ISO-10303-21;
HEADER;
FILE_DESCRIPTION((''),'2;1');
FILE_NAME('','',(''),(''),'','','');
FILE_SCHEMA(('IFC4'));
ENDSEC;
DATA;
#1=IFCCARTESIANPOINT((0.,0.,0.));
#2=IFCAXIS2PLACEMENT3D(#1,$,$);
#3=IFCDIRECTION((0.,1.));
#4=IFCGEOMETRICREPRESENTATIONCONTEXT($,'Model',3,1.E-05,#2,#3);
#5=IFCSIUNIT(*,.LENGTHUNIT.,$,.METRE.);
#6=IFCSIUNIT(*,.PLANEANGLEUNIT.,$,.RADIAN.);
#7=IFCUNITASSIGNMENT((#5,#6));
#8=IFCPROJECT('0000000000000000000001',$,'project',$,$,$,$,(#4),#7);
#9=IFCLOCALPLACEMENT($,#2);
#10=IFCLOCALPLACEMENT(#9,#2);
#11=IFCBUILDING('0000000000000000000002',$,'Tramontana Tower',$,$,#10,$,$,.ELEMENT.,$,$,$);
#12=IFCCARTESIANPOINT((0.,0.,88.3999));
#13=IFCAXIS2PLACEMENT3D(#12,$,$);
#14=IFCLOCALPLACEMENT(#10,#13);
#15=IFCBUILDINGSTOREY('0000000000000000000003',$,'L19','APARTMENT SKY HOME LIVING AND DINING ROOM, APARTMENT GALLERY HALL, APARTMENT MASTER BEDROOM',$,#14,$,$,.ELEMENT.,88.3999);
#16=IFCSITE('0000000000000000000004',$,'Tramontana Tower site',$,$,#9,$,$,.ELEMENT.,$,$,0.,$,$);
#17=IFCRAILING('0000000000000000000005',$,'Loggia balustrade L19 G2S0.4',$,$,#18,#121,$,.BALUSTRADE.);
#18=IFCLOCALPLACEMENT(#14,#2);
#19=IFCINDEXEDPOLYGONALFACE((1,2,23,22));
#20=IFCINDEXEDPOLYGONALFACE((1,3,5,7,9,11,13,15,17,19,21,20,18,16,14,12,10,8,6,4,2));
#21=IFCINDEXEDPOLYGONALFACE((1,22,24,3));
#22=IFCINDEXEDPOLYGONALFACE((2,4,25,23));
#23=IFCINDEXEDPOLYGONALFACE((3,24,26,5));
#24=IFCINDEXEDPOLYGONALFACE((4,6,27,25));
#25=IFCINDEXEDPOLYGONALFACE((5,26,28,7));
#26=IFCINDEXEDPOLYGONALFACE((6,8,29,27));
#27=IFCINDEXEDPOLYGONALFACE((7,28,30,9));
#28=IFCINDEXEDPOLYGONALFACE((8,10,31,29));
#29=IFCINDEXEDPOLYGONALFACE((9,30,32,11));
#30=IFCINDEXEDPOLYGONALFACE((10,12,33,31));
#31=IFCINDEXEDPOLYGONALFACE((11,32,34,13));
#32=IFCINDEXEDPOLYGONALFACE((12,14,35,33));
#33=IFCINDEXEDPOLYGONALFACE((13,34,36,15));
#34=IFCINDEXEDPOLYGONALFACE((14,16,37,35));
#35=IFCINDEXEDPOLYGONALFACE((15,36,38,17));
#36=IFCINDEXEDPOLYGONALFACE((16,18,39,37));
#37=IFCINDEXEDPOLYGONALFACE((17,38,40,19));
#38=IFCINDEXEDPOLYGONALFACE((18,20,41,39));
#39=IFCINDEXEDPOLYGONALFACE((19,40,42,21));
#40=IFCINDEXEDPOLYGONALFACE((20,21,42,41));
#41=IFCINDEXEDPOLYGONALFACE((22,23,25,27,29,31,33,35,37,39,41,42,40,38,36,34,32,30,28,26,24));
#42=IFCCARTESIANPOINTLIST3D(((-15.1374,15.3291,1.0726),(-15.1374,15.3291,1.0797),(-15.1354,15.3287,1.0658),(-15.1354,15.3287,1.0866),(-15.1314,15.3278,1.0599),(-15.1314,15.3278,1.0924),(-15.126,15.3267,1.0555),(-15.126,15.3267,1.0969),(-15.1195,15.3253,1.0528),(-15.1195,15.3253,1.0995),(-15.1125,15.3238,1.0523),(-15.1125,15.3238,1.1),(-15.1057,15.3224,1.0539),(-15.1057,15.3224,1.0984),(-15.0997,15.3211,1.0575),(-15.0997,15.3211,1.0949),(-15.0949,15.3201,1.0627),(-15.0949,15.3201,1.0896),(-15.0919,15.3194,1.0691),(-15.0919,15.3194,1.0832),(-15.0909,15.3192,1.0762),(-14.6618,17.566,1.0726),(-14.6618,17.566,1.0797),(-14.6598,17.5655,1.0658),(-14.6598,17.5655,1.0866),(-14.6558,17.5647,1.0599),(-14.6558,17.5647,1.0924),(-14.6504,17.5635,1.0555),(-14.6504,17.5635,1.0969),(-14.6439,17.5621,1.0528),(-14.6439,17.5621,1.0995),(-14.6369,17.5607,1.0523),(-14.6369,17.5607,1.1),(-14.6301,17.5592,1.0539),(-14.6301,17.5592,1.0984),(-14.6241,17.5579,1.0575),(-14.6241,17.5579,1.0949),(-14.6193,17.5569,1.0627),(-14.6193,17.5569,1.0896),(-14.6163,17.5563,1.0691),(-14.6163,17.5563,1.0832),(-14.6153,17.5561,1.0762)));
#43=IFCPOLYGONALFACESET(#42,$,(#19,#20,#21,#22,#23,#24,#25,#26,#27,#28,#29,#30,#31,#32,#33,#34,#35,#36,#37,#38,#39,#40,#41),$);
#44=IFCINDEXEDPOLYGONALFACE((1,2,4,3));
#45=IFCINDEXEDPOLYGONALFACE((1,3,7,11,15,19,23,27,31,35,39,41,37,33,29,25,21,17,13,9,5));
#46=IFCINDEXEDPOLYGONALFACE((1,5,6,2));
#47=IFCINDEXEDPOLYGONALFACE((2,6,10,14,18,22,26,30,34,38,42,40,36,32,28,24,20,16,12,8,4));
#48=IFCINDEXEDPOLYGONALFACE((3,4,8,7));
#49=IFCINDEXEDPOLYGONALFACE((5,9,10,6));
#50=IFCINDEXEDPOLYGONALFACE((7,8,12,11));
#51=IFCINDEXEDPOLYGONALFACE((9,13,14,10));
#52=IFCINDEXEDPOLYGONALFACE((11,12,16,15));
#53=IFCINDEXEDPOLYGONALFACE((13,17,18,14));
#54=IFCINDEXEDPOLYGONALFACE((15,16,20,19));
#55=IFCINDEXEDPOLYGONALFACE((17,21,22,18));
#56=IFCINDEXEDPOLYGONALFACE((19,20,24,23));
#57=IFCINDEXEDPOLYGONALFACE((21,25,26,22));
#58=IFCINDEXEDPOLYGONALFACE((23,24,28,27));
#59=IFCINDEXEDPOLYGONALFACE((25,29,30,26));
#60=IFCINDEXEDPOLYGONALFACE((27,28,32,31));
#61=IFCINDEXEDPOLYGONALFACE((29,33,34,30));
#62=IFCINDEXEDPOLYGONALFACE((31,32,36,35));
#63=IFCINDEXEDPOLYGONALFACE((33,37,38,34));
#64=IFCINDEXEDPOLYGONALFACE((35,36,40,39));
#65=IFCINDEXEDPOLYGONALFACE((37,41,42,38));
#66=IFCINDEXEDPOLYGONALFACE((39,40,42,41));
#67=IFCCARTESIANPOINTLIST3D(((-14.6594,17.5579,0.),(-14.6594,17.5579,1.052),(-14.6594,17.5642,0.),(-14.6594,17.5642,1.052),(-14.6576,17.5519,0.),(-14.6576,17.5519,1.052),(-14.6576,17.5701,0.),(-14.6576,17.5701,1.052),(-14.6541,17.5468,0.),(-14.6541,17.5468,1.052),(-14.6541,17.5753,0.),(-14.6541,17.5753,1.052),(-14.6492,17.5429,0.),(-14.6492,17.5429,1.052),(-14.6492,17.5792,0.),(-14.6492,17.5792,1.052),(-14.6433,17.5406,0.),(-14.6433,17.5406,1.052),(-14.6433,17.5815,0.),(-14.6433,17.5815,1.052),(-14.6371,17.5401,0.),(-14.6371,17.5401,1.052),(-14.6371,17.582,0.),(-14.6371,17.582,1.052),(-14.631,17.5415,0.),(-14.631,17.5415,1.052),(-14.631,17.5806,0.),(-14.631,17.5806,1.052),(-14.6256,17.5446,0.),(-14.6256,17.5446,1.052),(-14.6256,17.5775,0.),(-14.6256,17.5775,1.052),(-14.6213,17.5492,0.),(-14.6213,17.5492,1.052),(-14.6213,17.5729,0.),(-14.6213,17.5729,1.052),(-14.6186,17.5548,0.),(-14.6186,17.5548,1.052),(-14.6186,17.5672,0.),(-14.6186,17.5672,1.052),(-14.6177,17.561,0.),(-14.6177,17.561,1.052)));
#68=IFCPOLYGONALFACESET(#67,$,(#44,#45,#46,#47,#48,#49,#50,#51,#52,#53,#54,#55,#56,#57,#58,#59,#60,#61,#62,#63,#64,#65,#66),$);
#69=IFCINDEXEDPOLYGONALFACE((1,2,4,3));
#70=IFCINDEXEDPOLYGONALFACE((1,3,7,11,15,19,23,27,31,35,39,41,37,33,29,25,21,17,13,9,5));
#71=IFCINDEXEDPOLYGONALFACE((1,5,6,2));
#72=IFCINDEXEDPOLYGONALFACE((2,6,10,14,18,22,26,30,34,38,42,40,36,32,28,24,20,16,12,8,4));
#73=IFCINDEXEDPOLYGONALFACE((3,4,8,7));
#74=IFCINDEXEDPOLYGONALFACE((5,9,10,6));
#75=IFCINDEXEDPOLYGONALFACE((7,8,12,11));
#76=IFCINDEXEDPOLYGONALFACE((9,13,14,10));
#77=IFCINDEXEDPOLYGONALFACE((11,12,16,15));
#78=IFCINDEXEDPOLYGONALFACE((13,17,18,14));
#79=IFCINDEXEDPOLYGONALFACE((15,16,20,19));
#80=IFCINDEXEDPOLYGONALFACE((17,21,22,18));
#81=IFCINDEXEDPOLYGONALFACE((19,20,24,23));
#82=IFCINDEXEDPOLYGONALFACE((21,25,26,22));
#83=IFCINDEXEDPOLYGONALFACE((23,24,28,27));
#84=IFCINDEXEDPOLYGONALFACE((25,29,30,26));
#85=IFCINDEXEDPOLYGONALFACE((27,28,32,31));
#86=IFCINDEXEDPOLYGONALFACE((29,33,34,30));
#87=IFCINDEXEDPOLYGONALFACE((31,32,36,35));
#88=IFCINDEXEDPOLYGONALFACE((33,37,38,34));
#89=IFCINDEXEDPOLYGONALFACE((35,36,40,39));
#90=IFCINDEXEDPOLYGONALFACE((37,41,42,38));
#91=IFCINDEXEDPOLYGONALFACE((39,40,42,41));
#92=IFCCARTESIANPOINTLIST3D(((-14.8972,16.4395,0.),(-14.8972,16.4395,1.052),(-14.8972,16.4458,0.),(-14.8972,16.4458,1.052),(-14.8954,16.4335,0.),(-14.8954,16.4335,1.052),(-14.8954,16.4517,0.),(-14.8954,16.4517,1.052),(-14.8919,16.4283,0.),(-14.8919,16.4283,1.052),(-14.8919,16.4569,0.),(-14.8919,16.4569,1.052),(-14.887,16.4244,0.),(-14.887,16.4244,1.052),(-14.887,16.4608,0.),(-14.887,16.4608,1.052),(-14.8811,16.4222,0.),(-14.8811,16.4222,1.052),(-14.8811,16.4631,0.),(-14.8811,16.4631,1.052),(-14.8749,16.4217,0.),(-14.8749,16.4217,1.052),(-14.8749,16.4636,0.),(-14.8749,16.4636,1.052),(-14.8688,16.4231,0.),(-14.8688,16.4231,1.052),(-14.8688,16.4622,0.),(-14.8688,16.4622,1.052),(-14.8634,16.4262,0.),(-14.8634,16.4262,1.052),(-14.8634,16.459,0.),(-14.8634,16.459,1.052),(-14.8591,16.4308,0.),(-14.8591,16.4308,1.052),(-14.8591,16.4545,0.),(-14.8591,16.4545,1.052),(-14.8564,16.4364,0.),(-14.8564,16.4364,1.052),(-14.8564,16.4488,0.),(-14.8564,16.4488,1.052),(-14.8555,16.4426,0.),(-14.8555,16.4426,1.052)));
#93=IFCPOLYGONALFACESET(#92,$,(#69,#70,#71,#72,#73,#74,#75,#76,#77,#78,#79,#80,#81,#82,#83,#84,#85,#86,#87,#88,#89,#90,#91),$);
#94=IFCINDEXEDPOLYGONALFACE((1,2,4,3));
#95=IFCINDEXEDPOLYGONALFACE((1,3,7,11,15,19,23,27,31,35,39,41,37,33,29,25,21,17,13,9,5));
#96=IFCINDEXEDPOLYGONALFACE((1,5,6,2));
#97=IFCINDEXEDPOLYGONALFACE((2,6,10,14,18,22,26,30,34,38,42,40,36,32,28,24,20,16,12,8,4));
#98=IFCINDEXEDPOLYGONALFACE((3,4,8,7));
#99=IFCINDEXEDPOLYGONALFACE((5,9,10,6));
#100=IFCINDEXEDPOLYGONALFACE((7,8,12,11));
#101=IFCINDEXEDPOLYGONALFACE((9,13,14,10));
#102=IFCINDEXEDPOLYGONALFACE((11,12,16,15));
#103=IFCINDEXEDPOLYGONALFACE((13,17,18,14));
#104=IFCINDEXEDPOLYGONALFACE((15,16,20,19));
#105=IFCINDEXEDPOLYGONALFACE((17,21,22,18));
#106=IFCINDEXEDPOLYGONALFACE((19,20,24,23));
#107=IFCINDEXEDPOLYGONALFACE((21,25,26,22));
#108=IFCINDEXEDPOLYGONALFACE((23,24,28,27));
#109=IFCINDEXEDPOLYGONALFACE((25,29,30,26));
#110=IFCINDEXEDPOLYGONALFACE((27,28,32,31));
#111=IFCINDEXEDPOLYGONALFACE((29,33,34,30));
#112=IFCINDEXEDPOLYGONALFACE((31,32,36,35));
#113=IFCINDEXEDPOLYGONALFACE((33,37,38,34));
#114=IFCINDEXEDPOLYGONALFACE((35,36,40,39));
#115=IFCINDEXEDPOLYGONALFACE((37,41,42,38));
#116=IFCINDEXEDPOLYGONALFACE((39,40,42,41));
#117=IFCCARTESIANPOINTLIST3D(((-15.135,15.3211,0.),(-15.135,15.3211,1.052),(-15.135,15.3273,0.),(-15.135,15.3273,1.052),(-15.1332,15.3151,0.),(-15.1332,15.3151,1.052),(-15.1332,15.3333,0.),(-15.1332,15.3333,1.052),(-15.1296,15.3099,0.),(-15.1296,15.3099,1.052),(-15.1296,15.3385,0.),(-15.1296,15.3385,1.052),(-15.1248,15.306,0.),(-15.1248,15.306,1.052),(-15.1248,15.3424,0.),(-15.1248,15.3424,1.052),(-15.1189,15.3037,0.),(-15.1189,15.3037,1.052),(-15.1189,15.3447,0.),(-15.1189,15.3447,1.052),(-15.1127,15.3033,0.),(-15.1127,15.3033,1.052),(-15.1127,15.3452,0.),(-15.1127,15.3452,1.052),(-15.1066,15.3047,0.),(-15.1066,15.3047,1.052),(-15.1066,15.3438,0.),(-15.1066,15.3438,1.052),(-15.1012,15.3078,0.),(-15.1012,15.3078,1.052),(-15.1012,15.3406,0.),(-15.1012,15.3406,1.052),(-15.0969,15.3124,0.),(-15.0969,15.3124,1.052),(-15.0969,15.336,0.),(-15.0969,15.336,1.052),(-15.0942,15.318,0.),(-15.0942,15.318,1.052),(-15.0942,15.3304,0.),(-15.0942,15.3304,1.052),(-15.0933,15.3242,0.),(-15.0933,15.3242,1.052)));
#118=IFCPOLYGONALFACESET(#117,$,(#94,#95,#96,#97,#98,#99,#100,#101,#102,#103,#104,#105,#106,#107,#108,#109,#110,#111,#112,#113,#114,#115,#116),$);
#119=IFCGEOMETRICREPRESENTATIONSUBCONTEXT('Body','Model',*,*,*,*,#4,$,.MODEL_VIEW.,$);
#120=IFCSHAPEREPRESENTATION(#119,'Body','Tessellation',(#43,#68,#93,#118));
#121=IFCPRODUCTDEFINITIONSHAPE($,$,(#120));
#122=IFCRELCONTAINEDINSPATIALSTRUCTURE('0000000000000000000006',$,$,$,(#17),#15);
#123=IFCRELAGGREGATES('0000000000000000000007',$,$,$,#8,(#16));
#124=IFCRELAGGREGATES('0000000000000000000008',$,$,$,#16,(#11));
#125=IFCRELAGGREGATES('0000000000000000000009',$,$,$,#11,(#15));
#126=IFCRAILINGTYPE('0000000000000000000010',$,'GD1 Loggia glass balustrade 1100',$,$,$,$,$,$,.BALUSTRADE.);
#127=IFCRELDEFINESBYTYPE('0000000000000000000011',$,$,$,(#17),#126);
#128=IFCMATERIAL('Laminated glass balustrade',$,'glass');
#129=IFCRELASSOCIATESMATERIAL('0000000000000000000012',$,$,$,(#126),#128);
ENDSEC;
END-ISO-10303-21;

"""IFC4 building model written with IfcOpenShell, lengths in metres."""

from ifc_helpers import new_model, si_unit, direction, frame, origin, origin_2d, place, context, subcontext, project, spatial, circle, extrude, material, type_object, element, save


model = new_model("IFC4")

# Units and contexts
model_context = context("Model", 3, precision=1e-05, world=origin(), true_north=direction((0.0, 1.0)))
body_context = subcontext(model_context, "Body", "Model", "MODEL_VIEW")
ifc_project = project(units=[si_unit("LENGTHUNIT", "METRE"), si_unit("PLANEANGLEUNIT", "RADIAN")], contexts=[model_context])

# Site, building, storey
site_placement = place(None, origin())
site = spatial("IfcSite", under=ifc_project, at=site_placement, Name="Tramontana Tower site", CompositionType="ELEMENT", RefElevation=0.0)
building_placement = place(site_placement, origin())
building = spatial("IfcBuilding", under=site, at=building_placement, Name="Tramontana Tower", CompositionType="ELEMENT")
storey_placement = place(building_placement, frame((0.0, 0.0, 88.3999)))
storey = spatial("IfcBuildingStorey", under=building, at=storey_placement, Name="L19", Description="APARTMENT SKY HOME LIVING AND DINING ROOM, APARTMENT GALLERY HALL, APARTMENT MASTER BEDROOM", CompositionType="ELEMENT", Elevation=88.3999)

# Railing
ifc_material_1 = material(Name="Laminated glass balustrade", Category="glass")
railing_type = type_object("IfcRailingType", Name="GD1 Loggia glass balustrade 1100", PredefinedType="BALUSTRADE", material=ifc_material_1)
railing_placement = place(storey_placement, frame((-14.6387, 17.561, 0.0)))
element("IfcRailing", 1, at=railing_placement, inside=storey, type_object=railing_type, Name="Loggia balustrade L19 G2S0.4", PredefinedType="BALUSTRADE", context=body_context, shape_type="SweptSolid", body=[
    extrude(circle(Radius=0.0239, at=origin_2d()), frame((0.0, 0.0, 1.0762), z_axis=(-0.207969, -0.978136, 0.0), x_axis=(0.978136, -0.207969, 0.0)), (0.0, 0.0, 1.0), 2.2869),
    extrude(circle(Radius=0.021, at=origin_2d()), origin(), (0.0, 0.0, 1.0), 1.052),
    extrude(circle(Radius=0.021, at=origin_2d()), frame((-0.2378, -1.1184, 0.0)), (0.0, 0.0, 1.0), 1.052),
    extrude(circle(Radius=0.021, at=origin_2d()), frame((-0.4756, -2.2368, 0.0)), (0.0, 0.0, 1.0), 1.052),
])

save(model, "model.ifc")
